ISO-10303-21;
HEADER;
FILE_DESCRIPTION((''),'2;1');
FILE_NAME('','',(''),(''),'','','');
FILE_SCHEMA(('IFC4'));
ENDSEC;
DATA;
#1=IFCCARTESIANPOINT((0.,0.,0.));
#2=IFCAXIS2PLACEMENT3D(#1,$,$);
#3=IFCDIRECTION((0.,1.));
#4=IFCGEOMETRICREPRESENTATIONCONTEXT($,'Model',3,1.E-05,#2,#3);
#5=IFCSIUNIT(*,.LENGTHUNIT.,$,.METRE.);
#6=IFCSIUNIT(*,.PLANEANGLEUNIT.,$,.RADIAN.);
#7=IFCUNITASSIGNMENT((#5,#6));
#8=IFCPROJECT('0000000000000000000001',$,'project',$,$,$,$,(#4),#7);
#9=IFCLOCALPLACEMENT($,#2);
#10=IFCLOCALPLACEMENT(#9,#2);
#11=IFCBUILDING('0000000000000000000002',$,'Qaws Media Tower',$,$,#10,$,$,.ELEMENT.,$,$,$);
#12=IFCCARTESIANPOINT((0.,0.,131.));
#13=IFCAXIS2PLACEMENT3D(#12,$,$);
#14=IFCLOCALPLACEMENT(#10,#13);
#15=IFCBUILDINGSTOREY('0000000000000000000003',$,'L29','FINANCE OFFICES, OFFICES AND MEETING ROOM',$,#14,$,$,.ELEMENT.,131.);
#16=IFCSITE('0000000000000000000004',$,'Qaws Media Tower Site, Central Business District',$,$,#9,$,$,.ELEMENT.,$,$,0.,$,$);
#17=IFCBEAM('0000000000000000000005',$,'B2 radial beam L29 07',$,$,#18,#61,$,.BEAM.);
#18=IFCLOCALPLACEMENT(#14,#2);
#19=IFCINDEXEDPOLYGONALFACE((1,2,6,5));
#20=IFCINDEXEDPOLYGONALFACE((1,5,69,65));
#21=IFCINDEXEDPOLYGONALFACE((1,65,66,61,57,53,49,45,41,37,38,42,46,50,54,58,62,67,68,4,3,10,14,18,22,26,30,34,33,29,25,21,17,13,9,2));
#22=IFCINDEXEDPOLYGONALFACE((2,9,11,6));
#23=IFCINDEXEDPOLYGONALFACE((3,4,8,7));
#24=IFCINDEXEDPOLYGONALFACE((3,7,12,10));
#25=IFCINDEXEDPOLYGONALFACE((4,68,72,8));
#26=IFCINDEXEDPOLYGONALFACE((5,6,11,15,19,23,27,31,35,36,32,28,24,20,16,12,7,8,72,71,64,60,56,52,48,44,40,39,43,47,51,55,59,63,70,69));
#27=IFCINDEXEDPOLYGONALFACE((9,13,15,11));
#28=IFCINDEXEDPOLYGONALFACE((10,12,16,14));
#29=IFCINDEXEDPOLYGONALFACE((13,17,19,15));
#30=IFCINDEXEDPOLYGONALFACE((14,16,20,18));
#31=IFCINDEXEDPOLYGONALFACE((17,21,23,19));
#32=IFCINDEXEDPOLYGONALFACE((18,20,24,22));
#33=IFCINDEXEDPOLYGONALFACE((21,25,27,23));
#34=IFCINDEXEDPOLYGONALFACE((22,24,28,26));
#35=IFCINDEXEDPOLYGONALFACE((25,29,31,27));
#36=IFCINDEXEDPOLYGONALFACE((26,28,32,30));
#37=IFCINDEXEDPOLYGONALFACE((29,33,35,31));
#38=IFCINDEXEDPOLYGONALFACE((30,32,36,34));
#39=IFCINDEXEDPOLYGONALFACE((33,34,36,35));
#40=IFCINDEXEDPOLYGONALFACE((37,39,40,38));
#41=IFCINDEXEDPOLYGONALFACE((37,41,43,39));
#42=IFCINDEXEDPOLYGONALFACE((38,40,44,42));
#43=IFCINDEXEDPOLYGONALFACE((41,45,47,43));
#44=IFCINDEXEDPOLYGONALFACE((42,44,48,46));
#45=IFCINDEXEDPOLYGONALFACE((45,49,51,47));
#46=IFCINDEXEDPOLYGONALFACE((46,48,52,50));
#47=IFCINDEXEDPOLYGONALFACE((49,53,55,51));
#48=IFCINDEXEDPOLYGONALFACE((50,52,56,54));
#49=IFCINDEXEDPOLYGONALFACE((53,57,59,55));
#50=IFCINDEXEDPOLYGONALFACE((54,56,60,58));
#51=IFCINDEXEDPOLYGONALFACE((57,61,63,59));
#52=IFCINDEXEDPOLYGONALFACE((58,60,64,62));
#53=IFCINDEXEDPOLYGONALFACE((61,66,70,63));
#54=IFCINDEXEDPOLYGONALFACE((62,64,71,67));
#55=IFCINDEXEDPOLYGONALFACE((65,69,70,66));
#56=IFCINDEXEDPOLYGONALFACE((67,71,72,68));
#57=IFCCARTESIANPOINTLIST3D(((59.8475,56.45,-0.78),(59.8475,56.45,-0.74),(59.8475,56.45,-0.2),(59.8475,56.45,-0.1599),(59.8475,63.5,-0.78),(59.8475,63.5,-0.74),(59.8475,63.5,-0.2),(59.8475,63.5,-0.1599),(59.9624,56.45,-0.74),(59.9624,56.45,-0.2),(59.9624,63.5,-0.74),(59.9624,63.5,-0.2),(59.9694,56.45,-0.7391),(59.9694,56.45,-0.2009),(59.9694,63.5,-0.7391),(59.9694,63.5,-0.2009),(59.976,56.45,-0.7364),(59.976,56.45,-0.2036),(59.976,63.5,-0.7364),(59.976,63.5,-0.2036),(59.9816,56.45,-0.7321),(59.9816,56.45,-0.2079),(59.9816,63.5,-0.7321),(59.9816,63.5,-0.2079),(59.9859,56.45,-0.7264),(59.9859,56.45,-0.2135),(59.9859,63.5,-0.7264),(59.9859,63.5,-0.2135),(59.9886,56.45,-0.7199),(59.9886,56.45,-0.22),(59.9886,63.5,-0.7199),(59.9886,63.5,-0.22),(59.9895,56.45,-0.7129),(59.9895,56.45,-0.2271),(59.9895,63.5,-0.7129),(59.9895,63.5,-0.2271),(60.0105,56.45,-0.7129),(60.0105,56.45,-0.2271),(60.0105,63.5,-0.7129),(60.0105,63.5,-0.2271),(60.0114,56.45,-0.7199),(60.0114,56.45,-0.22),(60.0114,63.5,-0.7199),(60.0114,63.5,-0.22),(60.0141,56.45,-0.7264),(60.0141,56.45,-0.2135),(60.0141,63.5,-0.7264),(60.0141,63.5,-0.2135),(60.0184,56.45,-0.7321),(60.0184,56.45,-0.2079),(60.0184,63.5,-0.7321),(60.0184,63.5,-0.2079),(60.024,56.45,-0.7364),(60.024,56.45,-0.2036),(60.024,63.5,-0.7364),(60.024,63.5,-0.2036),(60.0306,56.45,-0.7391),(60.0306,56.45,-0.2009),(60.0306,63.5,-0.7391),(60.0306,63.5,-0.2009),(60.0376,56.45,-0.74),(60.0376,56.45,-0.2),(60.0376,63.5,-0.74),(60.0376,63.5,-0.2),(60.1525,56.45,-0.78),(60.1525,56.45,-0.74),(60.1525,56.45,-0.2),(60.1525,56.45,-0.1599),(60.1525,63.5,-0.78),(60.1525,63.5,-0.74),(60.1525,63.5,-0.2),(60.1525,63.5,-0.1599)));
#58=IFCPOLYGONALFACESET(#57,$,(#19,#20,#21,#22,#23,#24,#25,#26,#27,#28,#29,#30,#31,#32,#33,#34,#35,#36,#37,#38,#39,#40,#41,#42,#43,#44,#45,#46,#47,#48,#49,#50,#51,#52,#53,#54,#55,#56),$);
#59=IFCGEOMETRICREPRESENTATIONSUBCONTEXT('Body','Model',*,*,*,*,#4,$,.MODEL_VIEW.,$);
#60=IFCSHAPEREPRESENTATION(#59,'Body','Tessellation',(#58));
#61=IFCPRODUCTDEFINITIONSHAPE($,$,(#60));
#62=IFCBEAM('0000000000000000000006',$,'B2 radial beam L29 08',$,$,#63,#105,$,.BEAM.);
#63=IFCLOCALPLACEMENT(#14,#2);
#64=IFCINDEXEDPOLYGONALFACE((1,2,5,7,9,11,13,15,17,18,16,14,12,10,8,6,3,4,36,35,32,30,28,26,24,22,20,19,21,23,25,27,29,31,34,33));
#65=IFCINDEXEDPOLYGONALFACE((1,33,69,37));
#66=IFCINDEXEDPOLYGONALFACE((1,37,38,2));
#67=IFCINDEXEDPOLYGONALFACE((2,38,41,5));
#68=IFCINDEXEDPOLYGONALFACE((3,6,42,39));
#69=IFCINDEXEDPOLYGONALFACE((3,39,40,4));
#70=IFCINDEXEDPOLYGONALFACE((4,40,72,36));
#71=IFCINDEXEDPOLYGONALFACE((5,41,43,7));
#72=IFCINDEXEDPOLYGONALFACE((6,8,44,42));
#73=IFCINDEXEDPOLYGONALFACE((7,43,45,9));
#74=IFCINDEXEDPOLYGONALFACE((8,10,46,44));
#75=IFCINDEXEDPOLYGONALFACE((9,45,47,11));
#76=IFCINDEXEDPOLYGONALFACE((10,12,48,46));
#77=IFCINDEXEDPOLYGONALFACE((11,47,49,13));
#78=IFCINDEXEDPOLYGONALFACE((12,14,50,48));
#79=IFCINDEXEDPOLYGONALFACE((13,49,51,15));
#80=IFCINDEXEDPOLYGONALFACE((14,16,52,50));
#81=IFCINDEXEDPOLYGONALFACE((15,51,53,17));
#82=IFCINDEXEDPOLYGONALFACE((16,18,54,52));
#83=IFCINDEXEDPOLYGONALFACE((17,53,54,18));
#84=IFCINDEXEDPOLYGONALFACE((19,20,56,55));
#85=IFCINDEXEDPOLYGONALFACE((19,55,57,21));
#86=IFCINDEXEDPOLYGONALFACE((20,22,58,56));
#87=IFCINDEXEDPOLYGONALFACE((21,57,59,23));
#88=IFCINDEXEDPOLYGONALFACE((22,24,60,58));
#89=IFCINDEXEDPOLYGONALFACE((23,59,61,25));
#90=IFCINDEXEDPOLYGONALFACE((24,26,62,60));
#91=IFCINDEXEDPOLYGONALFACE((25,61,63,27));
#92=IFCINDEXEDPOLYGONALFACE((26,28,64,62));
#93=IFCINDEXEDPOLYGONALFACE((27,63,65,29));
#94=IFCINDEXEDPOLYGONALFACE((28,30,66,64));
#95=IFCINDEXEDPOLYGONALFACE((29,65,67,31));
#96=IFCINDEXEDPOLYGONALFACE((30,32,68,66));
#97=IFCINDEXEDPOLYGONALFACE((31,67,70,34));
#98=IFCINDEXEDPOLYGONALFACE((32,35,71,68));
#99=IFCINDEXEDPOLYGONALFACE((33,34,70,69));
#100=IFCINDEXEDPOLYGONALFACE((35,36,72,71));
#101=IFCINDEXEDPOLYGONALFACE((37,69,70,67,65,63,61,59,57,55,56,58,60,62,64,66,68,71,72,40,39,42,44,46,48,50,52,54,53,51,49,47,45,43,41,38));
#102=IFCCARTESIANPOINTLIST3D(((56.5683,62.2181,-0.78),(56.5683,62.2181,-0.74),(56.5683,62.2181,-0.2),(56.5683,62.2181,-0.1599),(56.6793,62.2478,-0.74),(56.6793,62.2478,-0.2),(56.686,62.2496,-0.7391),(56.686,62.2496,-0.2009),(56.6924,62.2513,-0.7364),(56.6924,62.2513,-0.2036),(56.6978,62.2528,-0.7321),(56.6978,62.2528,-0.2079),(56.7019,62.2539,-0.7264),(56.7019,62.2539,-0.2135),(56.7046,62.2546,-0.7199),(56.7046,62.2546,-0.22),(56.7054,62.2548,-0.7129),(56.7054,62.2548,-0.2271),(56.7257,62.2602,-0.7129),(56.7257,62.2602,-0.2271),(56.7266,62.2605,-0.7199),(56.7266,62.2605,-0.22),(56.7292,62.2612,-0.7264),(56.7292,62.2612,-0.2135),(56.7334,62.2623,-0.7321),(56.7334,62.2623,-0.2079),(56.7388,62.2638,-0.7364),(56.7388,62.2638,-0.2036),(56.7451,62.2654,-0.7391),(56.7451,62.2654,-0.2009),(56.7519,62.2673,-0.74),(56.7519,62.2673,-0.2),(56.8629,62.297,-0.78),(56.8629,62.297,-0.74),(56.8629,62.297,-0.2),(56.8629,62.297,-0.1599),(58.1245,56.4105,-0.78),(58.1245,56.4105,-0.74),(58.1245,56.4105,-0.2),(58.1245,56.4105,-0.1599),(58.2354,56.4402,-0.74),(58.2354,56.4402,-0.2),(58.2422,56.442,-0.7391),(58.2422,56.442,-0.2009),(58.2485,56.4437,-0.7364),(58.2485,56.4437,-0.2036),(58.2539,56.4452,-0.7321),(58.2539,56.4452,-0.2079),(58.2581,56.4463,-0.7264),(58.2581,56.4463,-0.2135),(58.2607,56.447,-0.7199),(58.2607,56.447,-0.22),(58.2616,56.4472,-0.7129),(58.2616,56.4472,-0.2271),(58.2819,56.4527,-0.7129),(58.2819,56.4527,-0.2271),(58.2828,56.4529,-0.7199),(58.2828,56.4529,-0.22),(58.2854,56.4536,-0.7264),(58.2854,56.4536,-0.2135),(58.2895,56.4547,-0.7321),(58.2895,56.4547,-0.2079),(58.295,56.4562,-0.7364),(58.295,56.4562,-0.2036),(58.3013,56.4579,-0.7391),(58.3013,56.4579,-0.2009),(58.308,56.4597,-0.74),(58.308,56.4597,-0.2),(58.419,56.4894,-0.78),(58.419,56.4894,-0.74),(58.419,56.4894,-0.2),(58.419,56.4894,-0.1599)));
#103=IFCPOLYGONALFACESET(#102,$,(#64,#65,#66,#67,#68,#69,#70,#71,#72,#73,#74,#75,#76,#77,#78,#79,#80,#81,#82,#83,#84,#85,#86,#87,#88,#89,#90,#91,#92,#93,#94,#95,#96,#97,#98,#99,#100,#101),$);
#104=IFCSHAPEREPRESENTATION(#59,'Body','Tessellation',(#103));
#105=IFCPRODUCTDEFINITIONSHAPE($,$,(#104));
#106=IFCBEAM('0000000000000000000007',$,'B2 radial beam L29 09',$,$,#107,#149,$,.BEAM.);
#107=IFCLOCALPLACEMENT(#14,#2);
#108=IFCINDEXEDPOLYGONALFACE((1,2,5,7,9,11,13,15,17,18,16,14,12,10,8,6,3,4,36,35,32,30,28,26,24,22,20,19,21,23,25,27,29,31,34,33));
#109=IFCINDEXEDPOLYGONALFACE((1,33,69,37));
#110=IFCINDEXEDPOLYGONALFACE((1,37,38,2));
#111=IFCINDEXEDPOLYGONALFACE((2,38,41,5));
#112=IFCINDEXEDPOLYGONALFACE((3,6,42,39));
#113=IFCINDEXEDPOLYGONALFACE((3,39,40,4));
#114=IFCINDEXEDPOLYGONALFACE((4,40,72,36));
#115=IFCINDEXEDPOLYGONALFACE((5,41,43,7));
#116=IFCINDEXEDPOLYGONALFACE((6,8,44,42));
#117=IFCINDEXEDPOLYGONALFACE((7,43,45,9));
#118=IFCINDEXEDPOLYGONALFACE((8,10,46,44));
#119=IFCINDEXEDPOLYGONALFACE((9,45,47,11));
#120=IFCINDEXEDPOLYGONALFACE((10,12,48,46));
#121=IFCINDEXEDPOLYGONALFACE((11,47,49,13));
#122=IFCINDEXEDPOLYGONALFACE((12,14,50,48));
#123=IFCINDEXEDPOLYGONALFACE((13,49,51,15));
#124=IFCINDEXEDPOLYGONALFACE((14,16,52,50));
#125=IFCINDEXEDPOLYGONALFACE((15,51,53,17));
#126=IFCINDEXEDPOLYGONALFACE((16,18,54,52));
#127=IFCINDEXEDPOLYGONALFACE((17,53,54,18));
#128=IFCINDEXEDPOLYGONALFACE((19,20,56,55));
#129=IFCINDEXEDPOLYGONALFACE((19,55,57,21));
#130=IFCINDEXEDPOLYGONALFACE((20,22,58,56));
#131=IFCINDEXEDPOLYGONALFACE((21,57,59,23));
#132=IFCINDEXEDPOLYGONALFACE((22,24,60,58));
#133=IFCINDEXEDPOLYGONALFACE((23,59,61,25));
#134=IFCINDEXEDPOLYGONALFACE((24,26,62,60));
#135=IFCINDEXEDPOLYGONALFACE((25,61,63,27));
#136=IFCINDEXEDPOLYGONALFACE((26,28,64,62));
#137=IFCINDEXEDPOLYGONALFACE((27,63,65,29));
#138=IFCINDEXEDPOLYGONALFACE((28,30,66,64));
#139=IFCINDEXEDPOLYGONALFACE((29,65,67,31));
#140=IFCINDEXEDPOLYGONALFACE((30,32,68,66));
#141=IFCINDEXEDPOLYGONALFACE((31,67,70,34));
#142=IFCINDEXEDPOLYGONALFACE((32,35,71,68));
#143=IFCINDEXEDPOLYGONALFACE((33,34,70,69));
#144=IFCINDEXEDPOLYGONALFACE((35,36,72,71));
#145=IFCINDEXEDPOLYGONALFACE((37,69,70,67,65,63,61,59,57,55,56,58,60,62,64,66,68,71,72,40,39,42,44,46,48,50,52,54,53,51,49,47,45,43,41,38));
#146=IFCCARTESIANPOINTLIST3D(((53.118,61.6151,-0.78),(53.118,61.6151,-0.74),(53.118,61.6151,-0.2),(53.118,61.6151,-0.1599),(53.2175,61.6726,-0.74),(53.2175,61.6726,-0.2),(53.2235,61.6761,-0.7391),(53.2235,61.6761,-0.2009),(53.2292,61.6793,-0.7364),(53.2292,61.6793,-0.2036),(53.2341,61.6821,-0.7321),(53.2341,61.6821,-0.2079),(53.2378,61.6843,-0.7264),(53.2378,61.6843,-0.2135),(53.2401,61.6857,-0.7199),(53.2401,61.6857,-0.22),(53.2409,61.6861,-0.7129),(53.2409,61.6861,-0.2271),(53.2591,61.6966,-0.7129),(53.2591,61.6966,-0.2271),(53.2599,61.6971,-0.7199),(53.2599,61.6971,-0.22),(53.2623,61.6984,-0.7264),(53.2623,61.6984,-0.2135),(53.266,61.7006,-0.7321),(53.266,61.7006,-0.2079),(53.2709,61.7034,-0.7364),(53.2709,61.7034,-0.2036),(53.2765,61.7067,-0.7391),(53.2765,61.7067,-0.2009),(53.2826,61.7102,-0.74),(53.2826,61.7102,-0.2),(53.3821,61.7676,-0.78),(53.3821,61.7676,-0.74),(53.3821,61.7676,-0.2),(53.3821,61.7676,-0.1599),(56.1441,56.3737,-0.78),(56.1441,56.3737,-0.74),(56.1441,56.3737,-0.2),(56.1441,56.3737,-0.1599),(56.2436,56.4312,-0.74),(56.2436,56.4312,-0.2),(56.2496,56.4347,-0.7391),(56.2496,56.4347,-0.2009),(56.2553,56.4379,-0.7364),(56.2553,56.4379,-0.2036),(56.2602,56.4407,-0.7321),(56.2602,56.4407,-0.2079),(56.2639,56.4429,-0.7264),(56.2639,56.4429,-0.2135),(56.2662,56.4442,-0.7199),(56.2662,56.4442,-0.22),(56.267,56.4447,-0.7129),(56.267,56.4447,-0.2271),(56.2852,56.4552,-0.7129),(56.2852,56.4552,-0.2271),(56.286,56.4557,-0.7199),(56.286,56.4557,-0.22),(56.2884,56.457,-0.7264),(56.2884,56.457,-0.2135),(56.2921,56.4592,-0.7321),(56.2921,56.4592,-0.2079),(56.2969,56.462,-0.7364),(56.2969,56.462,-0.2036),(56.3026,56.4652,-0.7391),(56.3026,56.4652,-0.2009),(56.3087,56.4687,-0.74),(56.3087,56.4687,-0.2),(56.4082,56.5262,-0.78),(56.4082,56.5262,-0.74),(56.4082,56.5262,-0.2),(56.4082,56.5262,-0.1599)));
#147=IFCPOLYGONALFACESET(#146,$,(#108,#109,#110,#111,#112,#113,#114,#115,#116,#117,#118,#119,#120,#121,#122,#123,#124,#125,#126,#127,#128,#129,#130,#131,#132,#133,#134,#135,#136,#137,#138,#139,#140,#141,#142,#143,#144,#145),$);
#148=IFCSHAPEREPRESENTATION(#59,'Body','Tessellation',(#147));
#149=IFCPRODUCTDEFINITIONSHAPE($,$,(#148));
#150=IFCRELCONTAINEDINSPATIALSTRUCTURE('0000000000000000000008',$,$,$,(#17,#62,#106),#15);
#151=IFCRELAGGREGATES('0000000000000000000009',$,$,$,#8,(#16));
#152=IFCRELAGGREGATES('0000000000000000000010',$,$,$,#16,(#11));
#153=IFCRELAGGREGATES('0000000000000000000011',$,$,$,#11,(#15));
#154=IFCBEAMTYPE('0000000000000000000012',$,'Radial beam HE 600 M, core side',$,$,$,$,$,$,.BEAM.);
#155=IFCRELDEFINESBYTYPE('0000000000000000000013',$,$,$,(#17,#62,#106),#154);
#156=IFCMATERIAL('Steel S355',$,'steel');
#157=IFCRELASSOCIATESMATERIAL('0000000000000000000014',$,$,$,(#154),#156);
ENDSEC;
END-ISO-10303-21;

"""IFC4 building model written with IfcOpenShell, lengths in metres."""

from ifc_helpers import new_model, si_unit, direction, frame, origin, origin_2d, place, context, subcontext, project, spatial, i_section, extrude, material, material_profile, profile_set, type_object, element, save


model = new_model("IFC4")

# Units and contexts
model_context = context("Model", 3, precision=1e-05, world=origin(), true_north=direction((0.0, 1.0)))
body_context = subcontext(model_context, "Body", "Model", "MODEL_VIEW")
ifc_project = project(units=[si_unit("LENGTHUNIT", "METRE"), si_unit("PLANEANGLEUNIT", "RADIAN")], contexts=[model_context])

# Site, building, storey
site_placement = place(None, origin())
site = spatial("IfcSite", under=ifc_project, at=site_placement, Name="Qaws Media Tower Site, Central Business District", CompositionType="ELEMENT", RefElevation=0.0)
building_placement = place(site_placement, origin())
building = spatial("IfcBuilding", under=site, at=building_placement, Name="Qaws Media Tower", CompositionType="ELEMENT")
storey_placement = place(building_placement, frame((0.0, 0.0, 131.0)))
storey = spatial("IfcBuildingStorey", under=building, at=storey_placement, Name="L29", Description="FINANCE OFFICES, OFFICES AND MEETING ROOM", CompositionType="ELEMENT", Elevation=131.0)

# Beams
ifc_material_1 = material(Name="Steel S355", Category="steel")
ifc_material_profile = material_profile(ifc_material_1, i_section(OverallWidth=0.3049, OverallDepth=0.6201, WebThickness=0.021, FlangeThickness=0.04, FilletRadius=0.0271, at=origin_2d()), Name="HE 600 M")
ifc_profile_set = profile_set([ifc_material_profile], Name="Steel S355")
beam_type = type_object("IfcBeamType", Name="Radial beam HE 600 M, core side", PredefinedType="BEAM", material=ifc_profile_set)
beam_1_placement = place(storey_placement, frame((60.0, 56.45, -0.47), z_axis=(0.0, 1.0, 0.0), x_axis=(-1.0, 0.0, 0.0)))
element("IfcBeam", 1, at=beam_1_placement, inside=storey, type_object=beam_type, Name="B2 radial beam L29 07", PredefinedType="BEAM", context=body_context, shape_type="SweptSolid", body=[
    extrude(i_section(OverallWidth=0.3049, OverallDepth=0.6201, WebThickness=0.021, FlangeThickness=0.04, FilletRadius=0.0271, at=origin_2d()), origin(), (0.0, 0.0, 1.0), 7.05),
])
beam_2_placement = place(storey_placement, frame((58.2717, 56.45, -0.47), z_axis=(-0.25882, 0.965926, 0.0), x_axis=(-0.965926, -0.25882, 0.0)))
element("IfcBeam", 2, at=beam_2_placement, inside=storey, type_object=beam_type, Name="B2 radial beam L29 08", PredefinedType="BEAM", context=body_context, shape_type="SweptSolid", body=[
    extrude(i_section(OverallWidth=0.3049, OverallDepth=0.6201, WebThickness=0.021, FlangeThickness=0.04, FilletRadius=0.0271, at=origin_2d()), origin(), (0.0, 0.0, 1.0), 6.0125),
])
beam_3_placement = place(storey_placement, frame((56.2761, 56.45, -0.47), z_axis=(-0.499996, 0.866028, 0.0), x_axis=(-0.866028, -0.499996, 0.0)))
element("IfcBeam", 3, at=beam_3_placement, inside=storey, type_object=beam_type, Name="B2 radial beam L29 09", PredefinedType="BEAM", context=body_context, shape_type="SweptSolid", body=[
    extrude(i_section(OverallWidth=0.3049, OverallDepth=0.6201, WebThickness=0.021, FlangeThickness=0.04, FilletRadius=0.0271, at=origin_2d()), origin(), (0.0, 0.0, 1.0), 6.0522),
])

save(model, "model.ifc")
